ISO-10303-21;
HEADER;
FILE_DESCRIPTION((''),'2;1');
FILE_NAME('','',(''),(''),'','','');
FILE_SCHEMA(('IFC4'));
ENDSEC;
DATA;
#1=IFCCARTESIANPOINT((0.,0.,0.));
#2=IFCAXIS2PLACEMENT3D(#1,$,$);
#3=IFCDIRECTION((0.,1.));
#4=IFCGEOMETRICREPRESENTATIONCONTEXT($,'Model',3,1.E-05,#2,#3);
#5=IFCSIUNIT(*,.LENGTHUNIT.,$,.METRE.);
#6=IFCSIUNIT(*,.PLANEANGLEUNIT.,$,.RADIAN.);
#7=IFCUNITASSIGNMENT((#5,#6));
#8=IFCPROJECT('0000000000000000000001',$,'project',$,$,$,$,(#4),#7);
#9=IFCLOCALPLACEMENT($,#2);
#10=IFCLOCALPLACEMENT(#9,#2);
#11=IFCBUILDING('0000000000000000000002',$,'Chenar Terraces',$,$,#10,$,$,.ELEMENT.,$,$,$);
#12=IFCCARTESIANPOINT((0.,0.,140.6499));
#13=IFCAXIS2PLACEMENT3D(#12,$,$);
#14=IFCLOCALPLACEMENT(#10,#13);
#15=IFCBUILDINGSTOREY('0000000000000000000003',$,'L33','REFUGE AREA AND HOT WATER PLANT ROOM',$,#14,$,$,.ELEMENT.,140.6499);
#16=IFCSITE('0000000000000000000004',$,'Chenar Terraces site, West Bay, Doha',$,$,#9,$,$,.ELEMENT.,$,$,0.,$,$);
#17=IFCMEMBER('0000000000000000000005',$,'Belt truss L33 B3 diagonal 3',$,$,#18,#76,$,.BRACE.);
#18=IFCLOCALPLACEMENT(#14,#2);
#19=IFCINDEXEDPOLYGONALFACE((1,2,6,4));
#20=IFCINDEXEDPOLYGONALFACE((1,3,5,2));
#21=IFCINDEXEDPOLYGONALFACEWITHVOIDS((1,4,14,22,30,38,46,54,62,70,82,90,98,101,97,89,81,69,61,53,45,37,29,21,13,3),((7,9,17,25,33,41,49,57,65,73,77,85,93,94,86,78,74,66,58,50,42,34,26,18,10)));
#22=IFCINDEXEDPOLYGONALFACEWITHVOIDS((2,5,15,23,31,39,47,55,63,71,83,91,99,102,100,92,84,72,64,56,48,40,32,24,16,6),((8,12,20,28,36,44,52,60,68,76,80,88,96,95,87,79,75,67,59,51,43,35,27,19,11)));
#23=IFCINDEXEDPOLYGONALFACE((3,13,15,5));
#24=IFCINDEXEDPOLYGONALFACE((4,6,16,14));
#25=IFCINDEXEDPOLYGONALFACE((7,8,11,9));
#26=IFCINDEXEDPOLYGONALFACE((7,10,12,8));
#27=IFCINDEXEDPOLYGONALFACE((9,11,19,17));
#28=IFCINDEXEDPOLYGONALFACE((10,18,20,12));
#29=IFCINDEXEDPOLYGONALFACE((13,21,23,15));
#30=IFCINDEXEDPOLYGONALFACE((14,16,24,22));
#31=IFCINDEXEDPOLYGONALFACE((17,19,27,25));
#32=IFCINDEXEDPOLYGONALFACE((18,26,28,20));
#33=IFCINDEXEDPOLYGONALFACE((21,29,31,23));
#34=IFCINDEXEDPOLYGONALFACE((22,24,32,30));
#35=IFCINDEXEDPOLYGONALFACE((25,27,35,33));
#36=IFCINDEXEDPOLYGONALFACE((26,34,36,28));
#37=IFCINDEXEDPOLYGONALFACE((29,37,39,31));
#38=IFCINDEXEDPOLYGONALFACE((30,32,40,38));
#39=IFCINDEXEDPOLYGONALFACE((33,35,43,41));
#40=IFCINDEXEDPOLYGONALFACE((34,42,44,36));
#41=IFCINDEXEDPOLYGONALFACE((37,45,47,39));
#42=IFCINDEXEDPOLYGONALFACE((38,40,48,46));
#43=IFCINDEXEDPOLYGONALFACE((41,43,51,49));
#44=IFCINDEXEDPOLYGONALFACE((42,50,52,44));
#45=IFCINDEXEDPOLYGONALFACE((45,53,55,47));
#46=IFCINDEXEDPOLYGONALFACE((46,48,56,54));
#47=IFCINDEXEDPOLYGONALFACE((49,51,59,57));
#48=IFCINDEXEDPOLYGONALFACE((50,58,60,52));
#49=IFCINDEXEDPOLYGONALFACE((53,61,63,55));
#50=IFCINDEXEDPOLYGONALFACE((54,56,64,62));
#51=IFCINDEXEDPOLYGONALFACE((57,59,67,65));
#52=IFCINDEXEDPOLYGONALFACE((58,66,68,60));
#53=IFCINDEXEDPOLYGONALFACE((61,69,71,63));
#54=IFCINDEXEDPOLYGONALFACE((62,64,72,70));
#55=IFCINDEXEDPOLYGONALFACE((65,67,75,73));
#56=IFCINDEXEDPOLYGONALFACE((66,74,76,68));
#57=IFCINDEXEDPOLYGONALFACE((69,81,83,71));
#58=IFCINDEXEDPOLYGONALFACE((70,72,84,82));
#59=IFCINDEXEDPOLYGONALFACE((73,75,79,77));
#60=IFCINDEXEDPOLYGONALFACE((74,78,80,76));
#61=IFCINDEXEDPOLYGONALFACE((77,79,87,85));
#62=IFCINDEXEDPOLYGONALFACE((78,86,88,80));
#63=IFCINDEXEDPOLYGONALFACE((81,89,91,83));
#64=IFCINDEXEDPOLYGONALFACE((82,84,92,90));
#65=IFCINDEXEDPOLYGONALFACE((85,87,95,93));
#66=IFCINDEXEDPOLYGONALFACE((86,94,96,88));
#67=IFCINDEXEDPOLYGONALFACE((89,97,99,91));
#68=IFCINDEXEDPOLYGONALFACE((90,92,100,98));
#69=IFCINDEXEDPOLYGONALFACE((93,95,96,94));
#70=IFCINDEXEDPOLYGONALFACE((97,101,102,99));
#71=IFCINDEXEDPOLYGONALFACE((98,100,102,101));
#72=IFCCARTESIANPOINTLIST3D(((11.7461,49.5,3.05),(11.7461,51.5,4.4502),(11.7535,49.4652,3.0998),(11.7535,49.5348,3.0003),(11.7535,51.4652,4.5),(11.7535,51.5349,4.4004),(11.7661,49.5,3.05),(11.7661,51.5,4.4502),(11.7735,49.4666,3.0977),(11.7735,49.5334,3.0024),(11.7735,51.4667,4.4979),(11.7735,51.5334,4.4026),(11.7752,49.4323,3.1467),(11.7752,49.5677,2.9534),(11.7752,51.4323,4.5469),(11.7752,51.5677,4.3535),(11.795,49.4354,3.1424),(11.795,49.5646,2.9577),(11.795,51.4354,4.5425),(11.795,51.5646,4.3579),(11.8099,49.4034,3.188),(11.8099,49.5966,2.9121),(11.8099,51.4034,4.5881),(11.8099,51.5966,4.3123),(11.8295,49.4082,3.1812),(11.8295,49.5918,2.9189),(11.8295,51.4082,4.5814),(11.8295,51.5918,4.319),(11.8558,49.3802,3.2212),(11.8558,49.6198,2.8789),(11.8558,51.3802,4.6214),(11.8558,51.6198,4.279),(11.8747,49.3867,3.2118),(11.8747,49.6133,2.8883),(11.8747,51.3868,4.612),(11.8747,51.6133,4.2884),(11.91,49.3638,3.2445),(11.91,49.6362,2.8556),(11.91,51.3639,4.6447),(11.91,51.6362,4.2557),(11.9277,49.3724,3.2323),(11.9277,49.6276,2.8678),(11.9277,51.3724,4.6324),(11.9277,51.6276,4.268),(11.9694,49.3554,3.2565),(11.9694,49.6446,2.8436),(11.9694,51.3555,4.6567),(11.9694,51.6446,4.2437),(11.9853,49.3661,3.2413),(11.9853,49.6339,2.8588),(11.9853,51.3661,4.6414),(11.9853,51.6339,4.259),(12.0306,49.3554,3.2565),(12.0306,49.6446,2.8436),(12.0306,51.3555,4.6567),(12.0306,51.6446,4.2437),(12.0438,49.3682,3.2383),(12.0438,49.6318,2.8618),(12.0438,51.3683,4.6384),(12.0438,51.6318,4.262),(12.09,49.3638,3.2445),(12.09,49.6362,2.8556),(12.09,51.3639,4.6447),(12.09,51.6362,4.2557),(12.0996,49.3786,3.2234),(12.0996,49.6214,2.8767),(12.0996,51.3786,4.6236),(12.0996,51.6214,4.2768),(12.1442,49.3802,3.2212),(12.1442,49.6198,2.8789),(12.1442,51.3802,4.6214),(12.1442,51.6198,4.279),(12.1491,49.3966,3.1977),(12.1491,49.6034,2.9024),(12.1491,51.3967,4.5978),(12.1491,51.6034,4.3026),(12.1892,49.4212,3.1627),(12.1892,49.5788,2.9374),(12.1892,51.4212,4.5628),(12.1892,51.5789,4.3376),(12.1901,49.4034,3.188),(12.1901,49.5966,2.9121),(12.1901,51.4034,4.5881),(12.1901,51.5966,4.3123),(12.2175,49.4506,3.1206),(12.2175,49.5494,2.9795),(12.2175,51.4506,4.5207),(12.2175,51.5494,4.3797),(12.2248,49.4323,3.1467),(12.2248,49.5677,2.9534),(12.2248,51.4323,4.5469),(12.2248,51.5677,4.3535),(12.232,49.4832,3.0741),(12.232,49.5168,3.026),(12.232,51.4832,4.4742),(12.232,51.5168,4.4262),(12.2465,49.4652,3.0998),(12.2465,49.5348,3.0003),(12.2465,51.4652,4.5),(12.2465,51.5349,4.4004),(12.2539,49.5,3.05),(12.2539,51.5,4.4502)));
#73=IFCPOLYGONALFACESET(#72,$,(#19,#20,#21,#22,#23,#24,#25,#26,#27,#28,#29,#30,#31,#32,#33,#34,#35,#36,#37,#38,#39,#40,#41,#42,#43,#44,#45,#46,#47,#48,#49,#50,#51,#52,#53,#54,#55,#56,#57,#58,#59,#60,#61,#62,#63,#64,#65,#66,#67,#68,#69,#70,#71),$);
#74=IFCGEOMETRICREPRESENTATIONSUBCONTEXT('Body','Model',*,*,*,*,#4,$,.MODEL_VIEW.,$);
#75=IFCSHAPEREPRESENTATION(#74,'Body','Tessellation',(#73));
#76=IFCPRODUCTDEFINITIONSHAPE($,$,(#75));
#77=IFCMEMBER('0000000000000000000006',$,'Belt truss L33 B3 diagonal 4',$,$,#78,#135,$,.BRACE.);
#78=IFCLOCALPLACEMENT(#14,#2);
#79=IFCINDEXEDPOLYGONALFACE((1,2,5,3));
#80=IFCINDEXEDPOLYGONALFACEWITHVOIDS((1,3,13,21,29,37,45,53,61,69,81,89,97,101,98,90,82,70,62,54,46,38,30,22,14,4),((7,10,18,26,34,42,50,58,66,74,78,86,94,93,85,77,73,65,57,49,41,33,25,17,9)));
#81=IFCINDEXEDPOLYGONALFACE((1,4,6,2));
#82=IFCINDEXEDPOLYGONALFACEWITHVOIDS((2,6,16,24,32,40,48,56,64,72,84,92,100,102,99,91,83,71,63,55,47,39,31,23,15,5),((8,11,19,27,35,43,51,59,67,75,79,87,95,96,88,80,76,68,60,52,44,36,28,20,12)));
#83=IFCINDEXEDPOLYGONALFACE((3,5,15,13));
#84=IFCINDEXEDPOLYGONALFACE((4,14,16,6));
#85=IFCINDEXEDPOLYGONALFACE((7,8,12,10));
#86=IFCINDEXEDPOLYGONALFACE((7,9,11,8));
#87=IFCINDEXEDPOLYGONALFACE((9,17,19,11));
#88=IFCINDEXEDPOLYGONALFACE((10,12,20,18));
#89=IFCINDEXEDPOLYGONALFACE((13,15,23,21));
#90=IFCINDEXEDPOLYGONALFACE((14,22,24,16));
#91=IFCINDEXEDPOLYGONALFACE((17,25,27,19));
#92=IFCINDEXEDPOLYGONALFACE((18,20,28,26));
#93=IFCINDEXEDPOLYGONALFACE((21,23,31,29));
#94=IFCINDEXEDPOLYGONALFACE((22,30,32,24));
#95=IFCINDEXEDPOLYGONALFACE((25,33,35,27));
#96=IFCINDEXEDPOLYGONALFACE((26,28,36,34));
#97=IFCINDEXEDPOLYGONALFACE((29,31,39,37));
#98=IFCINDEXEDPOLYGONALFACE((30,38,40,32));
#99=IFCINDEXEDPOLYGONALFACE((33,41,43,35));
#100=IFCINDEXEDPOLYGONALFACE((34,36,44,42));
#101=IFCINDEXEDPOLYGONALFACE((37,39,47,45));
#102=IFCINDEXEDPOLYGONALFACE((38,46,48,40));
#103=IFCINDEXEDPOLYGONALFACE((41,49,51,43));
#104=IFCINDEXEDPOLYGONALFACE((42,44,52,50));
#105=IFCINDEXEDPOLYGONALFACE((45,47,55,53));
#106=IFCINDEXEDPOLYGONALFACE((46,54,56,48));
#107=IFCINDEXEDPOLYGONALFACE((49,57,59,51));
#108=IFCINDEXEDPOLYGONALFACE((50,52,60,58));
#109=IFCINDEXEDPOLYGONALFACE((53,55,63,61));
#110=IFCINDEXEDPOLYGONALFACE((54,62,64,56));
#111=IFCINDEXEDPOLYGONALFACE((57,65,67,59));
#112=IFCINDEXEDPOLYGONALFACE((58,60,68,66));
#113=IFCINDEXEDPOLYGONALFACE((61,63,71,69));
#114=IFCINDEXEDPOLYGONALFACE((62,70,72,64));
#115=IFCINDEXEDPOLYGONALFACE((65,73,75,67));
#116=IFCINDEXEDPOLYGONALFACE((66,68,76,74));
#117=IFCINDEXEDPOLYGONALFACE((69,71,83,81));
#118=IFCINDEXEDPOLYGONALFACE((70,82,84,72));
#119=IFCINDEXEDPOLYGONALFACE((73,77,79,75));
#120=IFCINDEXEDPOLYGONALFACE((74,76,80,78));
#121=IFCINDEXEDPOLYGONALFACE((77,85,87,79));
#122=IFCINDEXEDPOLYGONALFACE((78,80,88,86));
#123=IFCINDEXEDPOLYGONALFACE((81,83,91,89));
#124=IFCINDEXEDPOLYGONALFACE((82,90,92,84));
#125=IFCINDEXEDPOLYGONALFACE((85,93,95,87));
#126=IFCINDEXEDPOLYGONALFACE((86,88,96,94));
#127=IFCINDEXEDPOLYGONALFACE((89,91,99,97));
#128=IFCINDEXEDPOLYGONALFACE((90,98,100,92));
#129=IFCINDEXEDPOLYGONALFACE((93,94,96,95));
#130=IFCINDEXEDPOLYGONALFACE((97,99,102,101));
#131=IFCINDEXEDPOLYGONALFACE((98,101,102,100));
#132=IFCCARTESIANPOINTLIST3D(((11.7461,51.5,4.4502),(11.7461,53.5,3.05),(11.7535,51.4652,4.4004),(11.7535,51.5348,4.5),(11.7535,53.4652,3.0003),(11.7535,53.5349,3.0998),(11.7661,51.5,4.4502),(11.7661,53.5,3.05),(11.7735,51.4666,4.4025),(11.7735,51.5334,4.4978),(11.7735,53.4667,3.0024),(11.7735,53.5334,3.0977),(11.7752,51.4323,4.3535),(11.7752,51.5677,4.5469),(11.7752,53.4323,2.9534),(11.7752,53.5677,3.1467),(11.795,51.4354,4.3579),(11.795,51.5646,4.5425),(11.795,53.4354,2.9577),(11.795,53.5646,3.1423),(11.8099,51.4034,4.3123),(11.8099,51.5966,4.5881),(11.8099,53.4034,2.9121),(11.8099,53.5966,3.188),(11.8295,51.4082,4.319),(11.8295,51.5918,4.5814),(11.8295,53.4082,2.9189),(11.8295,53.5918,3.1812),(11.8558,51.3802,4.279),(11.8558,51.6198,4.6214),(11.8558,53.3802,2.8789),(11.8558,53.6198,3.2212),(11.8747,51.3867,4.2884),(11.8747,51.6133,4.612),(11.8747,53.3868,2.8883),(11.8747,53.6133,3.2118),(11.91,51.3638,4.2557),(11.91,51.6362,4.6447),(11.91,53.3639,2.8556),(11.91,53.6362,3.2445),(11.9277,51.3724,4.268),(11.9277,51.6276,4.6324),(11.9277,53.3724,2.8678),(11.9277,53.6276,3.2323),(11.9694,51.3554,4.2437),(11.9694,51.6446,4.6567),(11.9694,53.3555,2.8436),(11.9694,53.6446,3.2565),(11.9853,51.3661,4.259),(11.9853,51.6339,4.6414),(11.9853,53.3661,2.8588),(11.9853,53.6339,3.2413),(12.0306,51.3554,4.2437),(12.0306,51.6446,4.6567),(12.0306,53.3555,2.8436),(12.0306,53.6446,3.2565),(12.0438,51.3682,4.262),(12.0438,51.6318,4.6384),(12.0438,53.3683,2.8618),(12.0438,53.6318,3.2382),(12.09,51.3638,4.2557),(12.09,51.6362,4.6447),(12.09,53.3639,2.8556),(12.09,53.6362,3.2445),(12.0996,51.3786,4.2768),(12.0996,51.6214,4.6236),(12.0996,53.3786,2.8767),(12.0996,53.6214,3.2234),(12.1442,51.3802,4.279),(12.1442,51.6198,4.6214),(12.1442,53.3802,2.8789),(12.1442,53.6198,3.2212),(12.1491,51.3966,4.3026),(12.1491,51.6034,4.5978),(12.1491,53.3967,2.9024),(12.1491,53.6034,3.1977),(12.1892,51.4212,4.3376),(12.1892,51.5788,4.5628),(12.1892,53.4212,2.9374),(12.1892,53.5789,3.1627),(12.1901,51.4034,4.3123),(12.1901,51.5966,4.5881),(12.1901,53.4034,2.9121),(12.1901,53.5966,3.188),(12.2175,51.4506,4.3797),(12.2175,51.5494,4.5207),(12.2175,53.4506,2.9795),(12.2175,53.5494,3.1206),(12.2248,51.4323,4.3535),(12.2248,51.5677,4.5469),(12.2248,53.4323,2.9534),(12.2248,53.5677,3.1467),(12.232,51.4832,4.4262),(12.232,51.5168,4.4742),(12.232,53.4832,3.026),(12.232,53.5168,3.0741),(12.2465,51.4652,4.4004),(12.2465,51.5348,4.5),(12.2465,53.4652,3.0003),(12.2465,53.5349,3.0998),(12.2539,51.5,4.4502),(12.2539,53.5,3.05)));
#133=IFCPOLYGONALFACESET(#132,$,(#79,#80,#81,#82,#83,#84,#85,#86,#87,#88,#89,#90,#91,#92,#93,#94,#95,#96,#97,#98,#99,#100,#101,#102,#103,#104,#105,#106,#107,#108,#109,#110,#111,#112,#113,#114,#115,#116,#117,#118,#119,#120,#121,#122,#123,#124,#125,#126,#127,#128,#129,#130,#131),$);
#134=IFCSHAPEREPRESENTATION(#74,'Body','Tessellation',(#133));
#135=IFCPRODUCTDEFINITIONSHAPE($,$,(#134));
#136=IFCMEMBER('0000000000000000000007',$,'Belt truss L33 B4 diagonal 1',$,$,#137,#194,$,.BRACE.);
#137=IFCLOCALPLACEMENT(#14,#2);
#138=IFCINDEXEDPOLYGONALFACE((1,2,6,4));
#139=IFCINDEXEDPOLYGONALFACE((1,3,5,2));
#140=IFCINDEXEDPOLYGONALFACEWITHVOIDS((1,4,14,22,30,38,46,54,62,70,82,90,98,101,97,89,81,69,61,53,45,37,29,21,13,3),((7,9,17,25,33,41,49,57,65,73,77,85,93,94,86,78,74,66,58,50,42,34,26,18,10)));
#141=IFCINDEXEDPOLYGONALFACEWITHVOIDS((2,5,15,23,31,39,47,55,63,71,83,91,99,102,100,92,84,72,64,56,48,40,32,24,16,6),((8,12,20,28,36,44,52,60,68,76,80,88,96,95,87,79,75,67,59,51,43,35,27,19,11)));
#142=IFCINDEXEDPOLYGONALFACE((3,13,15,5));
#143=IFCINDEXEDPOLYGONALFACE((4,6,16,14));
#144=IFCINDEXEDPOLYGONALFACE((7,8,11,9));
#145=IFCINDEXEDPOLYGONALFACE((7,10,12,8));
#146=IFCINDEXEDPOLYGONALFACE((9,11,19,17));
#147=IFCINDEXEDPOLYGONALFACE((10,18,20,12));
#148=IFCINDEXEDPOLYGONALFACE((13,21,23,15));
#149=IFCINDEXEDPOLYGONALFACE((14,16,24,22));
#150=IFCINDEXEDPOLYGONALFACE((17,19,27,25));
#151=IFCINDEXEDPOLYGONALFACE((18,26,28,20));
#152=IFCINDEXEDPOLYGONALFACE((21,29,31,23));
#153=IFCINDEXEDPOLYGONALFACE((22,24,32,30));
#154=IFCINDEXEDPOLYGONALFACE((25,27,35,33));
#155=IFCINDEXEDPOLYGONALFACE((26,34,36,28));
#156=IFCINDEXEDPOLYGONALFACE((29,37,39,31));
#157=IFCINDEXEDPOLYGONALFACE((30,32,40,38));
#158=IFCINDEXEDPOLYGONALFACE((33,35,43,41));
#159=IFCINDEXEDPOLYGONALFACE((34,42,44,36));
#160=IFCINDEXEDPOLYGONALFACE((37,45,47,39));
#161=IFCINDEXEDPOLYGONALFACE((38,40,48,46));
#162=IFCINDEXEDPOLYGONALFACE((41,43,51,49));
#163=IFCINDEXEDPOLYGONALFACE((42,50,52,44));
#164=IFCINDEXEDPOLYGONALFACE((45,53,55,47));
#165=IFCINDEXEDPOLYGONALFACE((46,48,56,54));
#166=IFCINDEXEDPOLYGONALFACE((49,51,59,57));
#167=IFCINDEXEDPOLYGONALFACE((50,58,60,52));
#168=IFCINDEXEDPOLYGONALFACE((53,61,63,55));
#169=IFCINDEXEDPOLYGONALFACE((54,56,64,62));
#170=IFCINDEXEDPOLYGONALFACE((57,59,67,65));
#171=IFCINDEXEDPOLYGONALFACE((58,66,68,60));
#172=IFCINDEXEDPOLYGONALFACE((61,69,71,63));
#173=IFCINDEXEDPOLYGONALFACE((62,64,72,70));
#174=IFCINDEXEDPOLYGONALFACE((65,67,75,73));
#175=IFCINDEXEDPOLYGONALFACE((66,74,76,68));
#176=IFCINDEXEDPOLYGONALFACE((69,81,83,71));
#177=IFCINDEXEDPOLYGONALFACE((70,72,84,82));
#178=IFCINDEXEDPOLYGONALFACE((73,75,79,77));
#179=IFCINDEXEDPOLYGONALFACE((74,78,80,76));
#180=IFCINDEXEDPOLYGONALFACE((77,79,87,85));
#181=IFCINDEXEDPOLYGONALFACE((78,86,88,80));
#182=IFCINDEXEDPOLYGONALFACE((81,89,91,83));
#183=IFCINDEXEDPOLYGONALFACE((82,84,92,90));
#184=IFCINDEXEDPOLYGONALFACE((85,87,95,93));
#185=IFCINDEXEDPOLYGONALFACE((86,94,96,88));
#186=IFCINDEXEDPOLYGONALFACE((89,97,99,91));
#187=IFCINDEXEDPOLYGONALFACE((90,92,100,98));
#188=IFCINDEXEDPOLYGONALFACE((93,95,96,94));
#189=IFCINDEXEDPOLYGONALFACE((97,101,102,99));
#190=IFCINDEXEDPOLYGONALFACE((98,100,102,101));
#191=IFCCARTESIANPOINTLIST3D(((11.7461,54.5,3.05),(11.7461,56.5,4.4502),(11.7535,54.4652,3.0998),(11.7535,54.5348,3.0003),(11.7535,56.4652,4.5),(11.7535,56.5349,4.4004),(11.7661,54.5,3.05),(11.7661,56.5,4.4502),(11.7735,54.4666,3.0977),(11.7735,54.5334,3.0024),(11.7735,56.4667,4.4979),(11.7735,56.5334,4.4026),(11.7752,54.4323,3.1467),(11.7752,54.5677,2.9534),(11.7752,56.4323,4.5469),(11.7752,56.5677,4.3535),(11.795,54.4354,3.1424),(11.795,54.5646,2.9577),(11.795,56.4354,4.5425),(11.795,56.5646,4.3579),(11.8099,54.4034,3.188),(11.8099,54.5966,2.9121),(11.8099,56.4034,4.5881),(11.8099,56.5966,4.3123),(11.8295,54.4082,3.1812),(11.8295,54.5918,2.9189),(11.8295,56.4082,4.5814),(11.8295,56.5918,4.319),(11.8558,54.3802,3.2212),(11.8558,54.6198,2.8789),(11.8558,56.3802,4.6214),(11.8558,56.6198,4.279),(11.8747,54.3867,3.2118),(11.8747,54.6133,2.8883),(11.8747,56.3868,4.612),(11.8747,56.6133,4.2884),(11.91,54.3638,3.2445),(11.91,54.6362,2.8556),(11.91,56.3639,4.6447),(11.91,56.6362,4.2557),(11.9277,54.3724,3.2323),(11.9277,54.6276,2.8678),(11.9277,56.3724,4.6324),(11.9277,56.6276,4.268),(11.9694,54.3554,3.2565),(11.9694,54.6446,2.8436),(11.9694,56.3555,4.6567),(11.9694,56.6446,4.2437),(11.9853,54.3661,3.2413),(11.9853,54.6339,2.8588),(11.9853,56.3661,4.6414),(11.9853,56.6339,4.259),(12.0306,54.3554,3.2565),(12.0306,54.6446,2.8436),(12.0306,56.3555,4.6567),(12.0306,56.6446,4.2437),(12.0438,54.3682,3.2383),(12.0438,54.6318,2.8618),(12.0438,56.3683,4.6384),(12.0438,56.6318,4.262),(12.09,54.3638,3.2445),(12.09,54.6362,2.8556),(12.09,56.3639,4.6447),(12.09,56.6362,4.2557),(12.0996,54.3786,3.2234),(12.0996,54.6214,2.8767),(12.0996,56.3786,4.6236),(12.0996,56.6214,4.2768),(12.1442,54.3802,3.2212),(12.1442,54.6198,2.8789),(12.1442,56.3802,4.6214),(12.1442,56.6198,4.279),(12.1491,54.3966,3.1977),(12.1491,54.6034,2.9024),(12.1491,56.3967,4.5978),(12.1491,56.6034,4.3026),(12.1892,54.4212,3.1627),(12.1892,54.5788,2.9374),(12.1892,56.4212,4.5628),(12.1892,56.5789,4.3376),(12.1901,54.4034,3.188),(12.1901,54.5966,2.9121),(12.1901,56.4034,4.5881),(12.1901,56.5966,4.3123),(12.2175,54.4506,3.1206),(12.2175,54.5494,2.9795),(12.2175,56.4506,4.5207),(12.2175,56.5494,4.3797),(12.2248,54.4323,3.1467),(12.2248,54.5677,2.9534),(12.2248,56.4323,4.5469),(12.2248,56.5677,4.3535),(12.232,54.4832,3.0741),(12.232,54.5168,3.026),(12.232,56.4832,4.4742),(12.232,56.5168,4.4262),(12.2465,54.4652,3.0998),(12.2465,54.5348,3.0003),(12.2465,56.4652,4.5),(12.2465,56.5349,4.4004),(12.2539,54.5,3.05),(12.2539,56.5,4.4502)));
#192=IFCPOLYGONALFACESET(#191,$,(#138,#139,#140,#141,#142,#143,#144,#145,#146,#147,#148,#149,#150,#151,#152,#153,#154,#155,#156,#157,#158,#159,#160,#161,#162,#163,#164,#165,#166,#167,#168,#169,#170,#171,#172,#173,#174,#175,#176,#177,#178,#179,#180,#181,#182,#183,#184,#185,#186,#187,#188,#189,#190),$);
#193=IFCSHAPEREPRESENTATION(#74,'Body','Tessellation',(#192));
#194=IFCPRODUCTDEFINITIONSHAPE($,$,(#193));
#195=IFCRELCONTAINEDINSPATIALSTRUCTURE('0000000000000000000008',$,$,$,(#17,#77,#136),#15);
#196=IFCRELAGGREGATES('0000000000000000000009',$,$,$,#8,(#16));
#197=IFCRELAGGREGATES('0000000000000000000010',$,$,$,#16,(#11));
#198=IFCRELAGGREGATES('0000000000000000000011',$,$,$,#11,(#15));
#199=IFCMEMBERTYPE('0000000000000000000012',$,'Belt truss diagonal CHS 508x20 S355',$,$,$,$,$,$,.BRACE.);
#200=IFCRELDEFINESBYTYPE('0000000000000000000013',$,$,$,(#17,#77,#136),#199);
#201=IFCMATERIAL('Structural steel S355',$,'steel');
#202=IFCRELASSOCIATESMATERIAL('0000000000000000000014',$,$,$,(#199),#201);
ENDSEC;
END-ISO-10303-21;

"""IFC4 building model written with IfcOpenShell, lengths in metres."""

from ifc_helpers import new_model, si_unit, direction, frame, origin, origin_2d, place, context, subcontext, project, spatial, hollow_circle, extrude, material, material_profile, profile_set, type_object, element, save


model = new_model("IFC4")

# Units and contexts
model_context = context("Model", 3, precision=1e-05, world=origin(), true_north=direction((0.0, 1.0)))
body_context = subcontext(model_context, "Body", "Model", "MODEL_VIEW")
ifc_project = project(units=[si_unit("LENGTHUNIT", "METRE"), si_unit("PLANEANGLEUNIT", "RADIAN")], contexts=[model_context])

# Site, building, storey
site_placement = place(None, origin())
site = spatial("IfcSite", under=ifc_project, at=site_placement, Name="Chenar Terraces site, West Bay, Doha", CompositionType="ELEMENT", RefElevation=0.0)
building_placement = place(site_placement, origin())
building = spatial("IfcBuilding", under=site, at=building_placement, Name="Chenar Terraces", CompositionType="ELEMENT")
storey_placement = place(building_placement, frame((0.0, 0.0, 140.6499)))
storey = spatial("IfcBuildingStorey", under=building, at=storey_placement, Name="L33", Description="REFUGE AREA AND HOT WATER PLANT ROOM", CompositionType="ELEMENT", Elevation=140.6499)

# Members
ifc_material_1 = material(Name="Structural steel S355", Category="steel")
ifc_material_profile_1 = material_profile(ifc_material_1, hollow_circle(Radius=0.2539, WallThickness=0.02, at=origin_2d()), Name="CHS 508x20")
ifc_profile_set_1 = profile_set([ifc_material_profile_1], Name="Structural steel S355")
member_type = type_object("IfcMemberType", Name="Belt truss diagonal CHS 508x20 S355", PredefinedType="BRACE", material=ifc_profile_set_1)
for number, where, z_axis, x_axis, name in (
    (1, (12.0, 49.5, 3.05), (0.0, 0.819204, 0.573503), (-1.0, 0.0, 0.0), "Belt truss L33 B3 diagonal 3"),
    (2, (12.0, 51.5, 4.4502), (0.0, 0.819204, -0.573503), (-1.0, 0.0, 0.0), "Belt truss L33 B3 diagonal 4"),
    (3, (12.0, 54.5, 3.05), (0.0, 0.819204, 0.573503), (-1.0, 0.0, 0.0), "Belt truss L33 B4 diagonal 1"),
):
    element("IfcMember", number, at=place(storey_placement, frame(where, z_axis=z_axis, x_axis=x_axis)), inside=storey, type_object=member_type, Name=name, PredefinedType="BRACE", context=body_context, shape_type="SweptSolid", body=[
        extrude(hollow_circle(Radius=0.2539, WallThickness=0.02, at=origin_2d()), origin(), (0.0, 0.0, 1.0), 2.4414),
    ])

save(model, "model.ifc")
